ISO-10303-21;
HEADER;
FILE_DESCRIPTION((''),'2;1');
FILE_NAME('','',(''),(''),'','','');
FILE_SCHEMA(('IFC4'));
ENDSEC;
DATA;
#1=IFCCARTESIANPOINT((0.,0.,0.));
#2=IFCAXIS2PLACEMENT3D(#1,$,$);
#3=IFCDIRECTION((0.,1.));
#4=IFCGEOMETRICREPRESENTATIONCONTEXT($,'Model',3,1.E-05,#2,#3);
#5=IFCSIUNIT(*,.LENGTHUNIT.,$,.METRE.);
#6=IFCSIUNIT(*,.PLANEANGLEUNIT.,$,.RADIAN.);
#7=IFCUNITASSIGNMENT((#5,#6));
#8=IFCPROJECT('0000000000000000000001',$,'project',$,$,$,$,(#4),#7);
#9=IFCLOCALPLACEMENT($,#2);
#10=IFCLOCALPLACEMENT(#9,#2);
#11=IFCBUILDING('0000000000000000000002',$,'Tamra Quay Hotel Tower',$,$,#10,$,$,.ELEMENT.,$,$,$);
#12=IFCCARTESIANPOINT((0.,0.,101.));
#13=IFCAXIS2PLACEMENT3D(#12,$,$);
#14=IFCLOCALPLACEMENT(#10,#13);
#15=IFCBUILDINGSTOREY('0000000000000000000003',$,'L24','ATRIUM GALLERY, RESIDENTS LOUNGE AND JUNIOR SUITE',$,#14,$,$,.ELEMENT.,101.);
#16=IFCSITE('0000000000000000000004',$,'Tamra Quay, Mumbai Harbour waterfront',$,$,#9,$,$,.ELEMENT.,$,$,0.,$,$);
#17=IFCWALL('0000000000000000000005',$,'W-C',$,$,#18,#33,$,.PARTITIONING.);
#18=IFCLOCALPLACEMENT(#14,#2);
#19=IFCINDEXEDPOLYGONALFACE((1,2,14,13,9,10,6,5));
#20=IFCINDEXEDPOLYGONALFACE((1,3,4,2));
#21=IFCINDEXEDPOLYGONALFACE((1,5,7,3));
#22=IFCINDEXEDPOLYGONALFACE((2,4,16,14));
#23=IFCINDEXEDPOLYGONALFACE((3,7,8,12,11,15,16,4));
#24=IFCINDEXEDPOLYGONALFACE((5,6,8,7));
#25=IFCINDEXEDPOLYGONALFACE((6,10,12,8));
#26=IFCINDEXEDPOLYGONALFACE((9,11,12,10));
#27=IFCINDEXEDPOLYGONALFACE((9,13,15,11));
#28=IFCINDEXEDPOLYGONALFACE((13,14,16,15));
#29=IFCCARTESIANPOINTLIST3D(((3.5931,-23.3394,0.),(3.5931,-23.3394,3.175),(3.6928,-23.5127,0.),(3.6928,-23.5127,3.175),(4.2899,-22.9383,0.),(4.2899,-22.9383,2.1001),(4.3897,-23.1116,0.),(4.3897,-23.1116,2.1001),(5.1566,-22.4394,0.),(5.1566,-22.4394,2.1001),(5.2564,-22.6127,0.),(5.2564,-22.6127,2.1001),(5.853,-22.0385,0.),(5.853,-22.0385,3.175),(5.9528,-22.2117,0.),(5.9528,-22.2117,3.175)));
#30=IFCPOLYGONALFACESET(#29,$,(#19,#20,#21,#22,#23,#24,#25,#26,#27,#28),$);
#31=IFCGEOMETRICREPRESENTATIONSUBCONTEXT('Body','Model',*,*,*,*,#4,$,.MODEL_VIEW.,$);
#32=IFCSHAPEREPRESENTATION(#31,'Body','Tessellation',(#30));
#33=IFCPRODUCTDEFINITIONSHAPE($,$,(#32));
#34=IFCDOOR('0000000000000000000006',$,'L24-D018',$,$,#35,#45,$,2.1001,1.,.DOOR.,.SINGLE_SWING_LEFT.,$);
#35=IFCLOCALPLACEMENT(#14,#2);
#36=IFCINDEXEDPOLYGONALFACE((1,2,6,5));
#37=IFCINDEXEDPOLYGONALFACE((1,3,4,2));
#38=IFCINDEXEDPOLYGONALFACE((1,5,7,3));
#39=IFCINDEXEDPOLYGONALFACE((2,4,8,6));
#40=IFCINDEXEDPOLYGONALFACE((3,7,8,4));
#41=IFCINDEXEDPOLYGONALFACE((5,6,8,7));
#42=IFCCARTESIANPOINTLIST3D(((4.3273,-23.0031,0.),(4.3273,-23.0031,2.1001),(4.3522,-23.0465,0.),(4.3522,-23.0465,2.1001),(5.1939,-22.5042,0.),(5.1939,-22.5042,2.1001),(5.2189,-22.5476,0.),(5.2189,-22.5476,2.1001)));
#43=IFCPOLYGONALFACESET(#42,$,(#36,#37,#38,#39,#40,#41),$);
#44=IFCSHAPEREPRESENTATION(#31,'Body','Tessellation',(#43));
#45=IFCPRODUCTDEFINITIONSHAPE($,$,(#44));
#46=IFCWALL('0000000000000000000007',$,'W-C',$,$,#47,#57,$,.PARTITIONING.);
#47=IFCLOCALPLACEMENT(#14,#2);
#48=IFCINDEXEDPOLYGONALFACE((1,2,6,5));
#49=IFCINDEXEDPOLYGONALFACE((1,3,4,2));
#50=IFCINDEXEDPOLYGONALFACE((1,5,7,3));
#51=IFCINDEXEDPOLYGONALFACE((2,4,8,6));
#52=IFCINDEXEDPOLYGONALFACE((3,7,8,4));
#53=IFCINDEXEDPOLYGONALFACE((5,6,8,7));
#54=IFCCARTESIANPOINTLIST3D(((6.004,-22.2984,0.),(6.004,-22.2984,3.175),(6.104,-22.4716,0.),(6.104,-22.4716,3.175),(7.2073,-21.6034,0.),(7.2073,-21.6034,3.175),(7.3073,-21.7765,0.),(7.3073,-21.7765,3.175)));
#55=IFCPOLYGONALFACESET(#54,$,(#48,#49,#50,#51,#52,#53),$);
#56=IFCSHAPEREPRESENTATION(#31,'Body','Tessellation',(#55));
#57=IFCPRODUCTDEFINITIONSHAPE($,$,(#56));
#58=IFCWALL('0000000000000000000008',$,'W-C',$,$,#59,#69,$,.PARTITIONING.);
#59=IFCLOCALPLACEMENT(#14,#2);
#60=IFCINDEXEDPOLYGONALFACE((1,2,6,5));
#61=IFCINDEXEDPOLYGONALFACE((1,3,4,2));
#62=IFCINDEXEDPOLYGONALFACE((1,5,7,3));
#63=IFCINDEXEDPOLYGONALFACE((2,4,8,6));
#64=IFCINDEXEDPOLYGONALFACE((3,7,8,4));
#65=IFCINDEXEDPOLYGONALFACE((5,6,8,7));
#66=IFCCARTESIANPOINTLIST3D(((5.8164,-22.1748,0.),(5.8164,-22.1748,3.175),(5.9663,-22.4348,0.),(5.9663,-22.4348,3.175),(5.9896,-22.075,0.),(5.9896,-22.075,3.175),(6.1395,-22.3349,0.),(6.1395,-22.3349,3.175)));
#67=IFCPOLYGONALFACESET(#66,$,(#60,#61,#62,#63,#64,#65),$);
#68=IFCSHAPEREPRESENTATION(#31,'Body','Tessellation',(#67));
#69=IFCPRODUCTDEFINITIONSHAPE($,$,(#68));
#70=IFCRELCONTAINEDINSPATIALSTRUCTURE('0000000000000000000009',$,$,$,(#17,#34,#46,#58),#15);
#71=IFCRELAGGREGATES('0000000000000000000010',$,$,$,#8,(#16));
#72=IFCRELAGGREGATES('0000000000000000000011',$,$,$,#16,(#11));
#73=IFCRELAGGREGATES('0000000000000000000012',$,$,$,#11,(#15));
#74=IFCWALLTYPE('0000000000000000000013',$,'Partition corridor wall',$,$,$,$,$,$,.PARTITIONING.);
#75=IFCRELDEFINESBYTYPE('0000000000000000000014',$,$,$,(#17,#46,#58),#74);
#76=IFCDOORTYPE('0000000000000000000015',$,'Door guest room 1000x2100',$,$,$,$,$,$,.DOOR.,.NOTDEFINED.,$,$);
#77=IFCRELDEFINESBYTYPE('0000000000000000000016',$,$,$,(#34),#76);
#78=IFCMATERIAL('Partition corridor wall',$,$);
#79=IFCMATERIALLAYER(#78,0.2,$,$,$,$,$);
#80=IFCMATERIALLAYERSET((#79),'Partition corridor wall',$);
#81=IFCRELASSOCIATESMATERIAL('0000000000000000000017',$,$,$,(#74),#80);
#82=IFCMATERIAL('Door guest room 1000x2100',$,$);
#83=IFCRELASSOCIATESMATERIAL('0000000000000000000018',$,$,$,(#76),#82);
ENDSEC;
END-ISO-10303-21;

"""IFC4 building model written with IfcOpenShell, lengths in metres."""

from ifc_helpers import new_model, si_unit, direction, frame, frame_2d, origin, place, context, subcontext, project, spatial, rectangle, extrude, material, layer, layer_set, type_object, element, fill, save


model = new_model("IFC4")

# Units and contexts
model_context = context("Model", 3, precision=1e-05, world=origin(), true_north=direction((0.0, 1.0)))
body_context = subcontext(model_context, "Body", "Model", "MODEL_VIEW")
ifc_project = project(units=[si_unit("LENGTHUNIT", "METRE"), si_unit("PLANEANGLEUNIT", "RADIAN")], contexts=[model_context])

# Site, building, storey
site_placement = place(None, origin())
site = spatial("IfcSite", under=ifc_project, at=site_placement, Name="Tamra Quay, Mumbai Harbour waterfront", CompositionType="ELEMENT", RefElevation=0.0)
building_placement = place(site_placement, origin())
building = spatial("IfcBuilding", under=site, at=building_placement, Name="Tamra Quay Hotel Tower", CompositionType="ELEMENT")
storey_placement = place(building_placement, frame((0.0, 0.0, 101.0)))
storey = spatial("IfcBuildingStorey", under=building, at=storey_placement, Name="L24", Description="ATRIUM GALLERY, RESIDENTS LOUNGE AND JUNIOR SUITE", CompositionType="ELEMENT", Elevation=101.0)

# Wall, opening, door
ifc_material_1 = material(Name="Partition corridor wall")
ifc_layer_1 = layer(ifc_material_1, 0.2)
ifc_layer_set_1 = layer_set([ifc_layer_1], Name="Partition corridor wall")
wall_type_1 = type_object("IfcWallType", Name="Partition corridor wall", PredefinedType="PARTITIONING", material=ifc_layer_set_1)
wall_1_placement = place(storey_placement, frame((3.6431, -23.426, 0.0), z_axis=(0.0, 0.0, 1.0), x_axis=(0.866654, 0.498909, 0.0)))
wall_1 = element("IfcWall", 1, at=wall_1_placement, inside=storey, type_object=wall_type_1, Name="W-C", PredefinedType="PARTITIONING", context=body_context, shape_type="SweptSolid", body=[
    extrude(rectangle(XDim=2.6077, YDim=0.2, at=frame_2d((1.3037, 0.0))), origin(), (0.0, 0.0, 1.0), 3.175),
])
opening_1_placement = place(wall_1_placement, frame((0.804, 0.0, 0.0)))
opening_1 = element("IfcOpeningElement", 2, at=opening_1_placement, cuts=wall_1, PredefinedType="OPENING", context=body_context, shape_type="SweptSolid", body=[
    extrude(rectangle(XDim=1.0, YDim=2.1001, at=frame_2d((0.5, 1.05))), frame((0.0, 0.1099, 0.0), z_axis=(0.0, -1.0, 0.0), x_axis=(1.0, 0.0, 0.0)), (0.0, 0.0, 1.0), 0.22),
])
ifc_material_2 = material(Name="Door guest room 1000x2100")
door_type_1 = type_object("IfcDoorType", Name="Door guest room 1000x2100", OperationType="NOTDEFINED", PredefinedType="DOOR", material=ifc_material_2)
door_1_placement = place(opening_1_placement, frame((1.0, 0.0, 0.0), z_axis=(0.0, 0.0, 1.0), x_axis=(-1.0, 0.0, 0.0)))
door_1 = element("IfcDoor", 3, at=door_1_placement, inside=storey, type_object=door_type_1, Name="L24-D018", OperationType="SINGLE_SWING_LEFT", OverallHeight=2.1001, OverallWidth=1.0, PredefinedType="DOOR", context=body_context, shape_type="SweptSolid", body=[
    extrude(rectangle(XDim=1.0, YDim=2.1001, at=frame_2d((0.5, 1.05))), frame((0.0, 0.0249, 0.0), z_axis=(0.0, -1.0, 0.0), x_axis=(1.0, 0.0, 0.0)), (0.0, 0.0, 1.0), 0.05),
])
fill(opening_1, door_1)

# Walls
wall_2_placement = place(storey_placement, frame((6.054, -22.385, 0.0), z_axis=(0.0, 0.0, 1.0), x_axis=(0.865931, 0.500163, 0.0)))
element("IfcWall", 4, at=wall_2_placement, inside=storey, type_object=wall_type_1, Name="W-C", PredefinedType="PARTITIONING", context=body_context, shape_type="SweptSolid", body=[
    extrude(rectangle(XDim=1.3896, YDim=0.2, at=frame_2d((0.6948, 0.0))), origin(), (0.0, 0.0, 1.0), 3.175),
])
wall_3_placement = place(storey_placement, frame((5.9031, -22.125, 0.0), z_axis=(0.0, 0.0, 1.0), x_axis=(0.499464, -0.866335, 0.0)))
element("IfcWall", 5, at=wall_3_placement, inside=storey, type_object=wall_type_1, Name="W-C", PredefinedType="PARTITIONING", context=body_context, shape_type="SweptSolid", body=[
    extrude(rectangle(XDim=0.3, YDim=0.2, at=frame_2d((0.1499, 0.0))), origin(), (0.0, 0.0, 1.0), 3.175),
])

save(model, "model.ifc")
